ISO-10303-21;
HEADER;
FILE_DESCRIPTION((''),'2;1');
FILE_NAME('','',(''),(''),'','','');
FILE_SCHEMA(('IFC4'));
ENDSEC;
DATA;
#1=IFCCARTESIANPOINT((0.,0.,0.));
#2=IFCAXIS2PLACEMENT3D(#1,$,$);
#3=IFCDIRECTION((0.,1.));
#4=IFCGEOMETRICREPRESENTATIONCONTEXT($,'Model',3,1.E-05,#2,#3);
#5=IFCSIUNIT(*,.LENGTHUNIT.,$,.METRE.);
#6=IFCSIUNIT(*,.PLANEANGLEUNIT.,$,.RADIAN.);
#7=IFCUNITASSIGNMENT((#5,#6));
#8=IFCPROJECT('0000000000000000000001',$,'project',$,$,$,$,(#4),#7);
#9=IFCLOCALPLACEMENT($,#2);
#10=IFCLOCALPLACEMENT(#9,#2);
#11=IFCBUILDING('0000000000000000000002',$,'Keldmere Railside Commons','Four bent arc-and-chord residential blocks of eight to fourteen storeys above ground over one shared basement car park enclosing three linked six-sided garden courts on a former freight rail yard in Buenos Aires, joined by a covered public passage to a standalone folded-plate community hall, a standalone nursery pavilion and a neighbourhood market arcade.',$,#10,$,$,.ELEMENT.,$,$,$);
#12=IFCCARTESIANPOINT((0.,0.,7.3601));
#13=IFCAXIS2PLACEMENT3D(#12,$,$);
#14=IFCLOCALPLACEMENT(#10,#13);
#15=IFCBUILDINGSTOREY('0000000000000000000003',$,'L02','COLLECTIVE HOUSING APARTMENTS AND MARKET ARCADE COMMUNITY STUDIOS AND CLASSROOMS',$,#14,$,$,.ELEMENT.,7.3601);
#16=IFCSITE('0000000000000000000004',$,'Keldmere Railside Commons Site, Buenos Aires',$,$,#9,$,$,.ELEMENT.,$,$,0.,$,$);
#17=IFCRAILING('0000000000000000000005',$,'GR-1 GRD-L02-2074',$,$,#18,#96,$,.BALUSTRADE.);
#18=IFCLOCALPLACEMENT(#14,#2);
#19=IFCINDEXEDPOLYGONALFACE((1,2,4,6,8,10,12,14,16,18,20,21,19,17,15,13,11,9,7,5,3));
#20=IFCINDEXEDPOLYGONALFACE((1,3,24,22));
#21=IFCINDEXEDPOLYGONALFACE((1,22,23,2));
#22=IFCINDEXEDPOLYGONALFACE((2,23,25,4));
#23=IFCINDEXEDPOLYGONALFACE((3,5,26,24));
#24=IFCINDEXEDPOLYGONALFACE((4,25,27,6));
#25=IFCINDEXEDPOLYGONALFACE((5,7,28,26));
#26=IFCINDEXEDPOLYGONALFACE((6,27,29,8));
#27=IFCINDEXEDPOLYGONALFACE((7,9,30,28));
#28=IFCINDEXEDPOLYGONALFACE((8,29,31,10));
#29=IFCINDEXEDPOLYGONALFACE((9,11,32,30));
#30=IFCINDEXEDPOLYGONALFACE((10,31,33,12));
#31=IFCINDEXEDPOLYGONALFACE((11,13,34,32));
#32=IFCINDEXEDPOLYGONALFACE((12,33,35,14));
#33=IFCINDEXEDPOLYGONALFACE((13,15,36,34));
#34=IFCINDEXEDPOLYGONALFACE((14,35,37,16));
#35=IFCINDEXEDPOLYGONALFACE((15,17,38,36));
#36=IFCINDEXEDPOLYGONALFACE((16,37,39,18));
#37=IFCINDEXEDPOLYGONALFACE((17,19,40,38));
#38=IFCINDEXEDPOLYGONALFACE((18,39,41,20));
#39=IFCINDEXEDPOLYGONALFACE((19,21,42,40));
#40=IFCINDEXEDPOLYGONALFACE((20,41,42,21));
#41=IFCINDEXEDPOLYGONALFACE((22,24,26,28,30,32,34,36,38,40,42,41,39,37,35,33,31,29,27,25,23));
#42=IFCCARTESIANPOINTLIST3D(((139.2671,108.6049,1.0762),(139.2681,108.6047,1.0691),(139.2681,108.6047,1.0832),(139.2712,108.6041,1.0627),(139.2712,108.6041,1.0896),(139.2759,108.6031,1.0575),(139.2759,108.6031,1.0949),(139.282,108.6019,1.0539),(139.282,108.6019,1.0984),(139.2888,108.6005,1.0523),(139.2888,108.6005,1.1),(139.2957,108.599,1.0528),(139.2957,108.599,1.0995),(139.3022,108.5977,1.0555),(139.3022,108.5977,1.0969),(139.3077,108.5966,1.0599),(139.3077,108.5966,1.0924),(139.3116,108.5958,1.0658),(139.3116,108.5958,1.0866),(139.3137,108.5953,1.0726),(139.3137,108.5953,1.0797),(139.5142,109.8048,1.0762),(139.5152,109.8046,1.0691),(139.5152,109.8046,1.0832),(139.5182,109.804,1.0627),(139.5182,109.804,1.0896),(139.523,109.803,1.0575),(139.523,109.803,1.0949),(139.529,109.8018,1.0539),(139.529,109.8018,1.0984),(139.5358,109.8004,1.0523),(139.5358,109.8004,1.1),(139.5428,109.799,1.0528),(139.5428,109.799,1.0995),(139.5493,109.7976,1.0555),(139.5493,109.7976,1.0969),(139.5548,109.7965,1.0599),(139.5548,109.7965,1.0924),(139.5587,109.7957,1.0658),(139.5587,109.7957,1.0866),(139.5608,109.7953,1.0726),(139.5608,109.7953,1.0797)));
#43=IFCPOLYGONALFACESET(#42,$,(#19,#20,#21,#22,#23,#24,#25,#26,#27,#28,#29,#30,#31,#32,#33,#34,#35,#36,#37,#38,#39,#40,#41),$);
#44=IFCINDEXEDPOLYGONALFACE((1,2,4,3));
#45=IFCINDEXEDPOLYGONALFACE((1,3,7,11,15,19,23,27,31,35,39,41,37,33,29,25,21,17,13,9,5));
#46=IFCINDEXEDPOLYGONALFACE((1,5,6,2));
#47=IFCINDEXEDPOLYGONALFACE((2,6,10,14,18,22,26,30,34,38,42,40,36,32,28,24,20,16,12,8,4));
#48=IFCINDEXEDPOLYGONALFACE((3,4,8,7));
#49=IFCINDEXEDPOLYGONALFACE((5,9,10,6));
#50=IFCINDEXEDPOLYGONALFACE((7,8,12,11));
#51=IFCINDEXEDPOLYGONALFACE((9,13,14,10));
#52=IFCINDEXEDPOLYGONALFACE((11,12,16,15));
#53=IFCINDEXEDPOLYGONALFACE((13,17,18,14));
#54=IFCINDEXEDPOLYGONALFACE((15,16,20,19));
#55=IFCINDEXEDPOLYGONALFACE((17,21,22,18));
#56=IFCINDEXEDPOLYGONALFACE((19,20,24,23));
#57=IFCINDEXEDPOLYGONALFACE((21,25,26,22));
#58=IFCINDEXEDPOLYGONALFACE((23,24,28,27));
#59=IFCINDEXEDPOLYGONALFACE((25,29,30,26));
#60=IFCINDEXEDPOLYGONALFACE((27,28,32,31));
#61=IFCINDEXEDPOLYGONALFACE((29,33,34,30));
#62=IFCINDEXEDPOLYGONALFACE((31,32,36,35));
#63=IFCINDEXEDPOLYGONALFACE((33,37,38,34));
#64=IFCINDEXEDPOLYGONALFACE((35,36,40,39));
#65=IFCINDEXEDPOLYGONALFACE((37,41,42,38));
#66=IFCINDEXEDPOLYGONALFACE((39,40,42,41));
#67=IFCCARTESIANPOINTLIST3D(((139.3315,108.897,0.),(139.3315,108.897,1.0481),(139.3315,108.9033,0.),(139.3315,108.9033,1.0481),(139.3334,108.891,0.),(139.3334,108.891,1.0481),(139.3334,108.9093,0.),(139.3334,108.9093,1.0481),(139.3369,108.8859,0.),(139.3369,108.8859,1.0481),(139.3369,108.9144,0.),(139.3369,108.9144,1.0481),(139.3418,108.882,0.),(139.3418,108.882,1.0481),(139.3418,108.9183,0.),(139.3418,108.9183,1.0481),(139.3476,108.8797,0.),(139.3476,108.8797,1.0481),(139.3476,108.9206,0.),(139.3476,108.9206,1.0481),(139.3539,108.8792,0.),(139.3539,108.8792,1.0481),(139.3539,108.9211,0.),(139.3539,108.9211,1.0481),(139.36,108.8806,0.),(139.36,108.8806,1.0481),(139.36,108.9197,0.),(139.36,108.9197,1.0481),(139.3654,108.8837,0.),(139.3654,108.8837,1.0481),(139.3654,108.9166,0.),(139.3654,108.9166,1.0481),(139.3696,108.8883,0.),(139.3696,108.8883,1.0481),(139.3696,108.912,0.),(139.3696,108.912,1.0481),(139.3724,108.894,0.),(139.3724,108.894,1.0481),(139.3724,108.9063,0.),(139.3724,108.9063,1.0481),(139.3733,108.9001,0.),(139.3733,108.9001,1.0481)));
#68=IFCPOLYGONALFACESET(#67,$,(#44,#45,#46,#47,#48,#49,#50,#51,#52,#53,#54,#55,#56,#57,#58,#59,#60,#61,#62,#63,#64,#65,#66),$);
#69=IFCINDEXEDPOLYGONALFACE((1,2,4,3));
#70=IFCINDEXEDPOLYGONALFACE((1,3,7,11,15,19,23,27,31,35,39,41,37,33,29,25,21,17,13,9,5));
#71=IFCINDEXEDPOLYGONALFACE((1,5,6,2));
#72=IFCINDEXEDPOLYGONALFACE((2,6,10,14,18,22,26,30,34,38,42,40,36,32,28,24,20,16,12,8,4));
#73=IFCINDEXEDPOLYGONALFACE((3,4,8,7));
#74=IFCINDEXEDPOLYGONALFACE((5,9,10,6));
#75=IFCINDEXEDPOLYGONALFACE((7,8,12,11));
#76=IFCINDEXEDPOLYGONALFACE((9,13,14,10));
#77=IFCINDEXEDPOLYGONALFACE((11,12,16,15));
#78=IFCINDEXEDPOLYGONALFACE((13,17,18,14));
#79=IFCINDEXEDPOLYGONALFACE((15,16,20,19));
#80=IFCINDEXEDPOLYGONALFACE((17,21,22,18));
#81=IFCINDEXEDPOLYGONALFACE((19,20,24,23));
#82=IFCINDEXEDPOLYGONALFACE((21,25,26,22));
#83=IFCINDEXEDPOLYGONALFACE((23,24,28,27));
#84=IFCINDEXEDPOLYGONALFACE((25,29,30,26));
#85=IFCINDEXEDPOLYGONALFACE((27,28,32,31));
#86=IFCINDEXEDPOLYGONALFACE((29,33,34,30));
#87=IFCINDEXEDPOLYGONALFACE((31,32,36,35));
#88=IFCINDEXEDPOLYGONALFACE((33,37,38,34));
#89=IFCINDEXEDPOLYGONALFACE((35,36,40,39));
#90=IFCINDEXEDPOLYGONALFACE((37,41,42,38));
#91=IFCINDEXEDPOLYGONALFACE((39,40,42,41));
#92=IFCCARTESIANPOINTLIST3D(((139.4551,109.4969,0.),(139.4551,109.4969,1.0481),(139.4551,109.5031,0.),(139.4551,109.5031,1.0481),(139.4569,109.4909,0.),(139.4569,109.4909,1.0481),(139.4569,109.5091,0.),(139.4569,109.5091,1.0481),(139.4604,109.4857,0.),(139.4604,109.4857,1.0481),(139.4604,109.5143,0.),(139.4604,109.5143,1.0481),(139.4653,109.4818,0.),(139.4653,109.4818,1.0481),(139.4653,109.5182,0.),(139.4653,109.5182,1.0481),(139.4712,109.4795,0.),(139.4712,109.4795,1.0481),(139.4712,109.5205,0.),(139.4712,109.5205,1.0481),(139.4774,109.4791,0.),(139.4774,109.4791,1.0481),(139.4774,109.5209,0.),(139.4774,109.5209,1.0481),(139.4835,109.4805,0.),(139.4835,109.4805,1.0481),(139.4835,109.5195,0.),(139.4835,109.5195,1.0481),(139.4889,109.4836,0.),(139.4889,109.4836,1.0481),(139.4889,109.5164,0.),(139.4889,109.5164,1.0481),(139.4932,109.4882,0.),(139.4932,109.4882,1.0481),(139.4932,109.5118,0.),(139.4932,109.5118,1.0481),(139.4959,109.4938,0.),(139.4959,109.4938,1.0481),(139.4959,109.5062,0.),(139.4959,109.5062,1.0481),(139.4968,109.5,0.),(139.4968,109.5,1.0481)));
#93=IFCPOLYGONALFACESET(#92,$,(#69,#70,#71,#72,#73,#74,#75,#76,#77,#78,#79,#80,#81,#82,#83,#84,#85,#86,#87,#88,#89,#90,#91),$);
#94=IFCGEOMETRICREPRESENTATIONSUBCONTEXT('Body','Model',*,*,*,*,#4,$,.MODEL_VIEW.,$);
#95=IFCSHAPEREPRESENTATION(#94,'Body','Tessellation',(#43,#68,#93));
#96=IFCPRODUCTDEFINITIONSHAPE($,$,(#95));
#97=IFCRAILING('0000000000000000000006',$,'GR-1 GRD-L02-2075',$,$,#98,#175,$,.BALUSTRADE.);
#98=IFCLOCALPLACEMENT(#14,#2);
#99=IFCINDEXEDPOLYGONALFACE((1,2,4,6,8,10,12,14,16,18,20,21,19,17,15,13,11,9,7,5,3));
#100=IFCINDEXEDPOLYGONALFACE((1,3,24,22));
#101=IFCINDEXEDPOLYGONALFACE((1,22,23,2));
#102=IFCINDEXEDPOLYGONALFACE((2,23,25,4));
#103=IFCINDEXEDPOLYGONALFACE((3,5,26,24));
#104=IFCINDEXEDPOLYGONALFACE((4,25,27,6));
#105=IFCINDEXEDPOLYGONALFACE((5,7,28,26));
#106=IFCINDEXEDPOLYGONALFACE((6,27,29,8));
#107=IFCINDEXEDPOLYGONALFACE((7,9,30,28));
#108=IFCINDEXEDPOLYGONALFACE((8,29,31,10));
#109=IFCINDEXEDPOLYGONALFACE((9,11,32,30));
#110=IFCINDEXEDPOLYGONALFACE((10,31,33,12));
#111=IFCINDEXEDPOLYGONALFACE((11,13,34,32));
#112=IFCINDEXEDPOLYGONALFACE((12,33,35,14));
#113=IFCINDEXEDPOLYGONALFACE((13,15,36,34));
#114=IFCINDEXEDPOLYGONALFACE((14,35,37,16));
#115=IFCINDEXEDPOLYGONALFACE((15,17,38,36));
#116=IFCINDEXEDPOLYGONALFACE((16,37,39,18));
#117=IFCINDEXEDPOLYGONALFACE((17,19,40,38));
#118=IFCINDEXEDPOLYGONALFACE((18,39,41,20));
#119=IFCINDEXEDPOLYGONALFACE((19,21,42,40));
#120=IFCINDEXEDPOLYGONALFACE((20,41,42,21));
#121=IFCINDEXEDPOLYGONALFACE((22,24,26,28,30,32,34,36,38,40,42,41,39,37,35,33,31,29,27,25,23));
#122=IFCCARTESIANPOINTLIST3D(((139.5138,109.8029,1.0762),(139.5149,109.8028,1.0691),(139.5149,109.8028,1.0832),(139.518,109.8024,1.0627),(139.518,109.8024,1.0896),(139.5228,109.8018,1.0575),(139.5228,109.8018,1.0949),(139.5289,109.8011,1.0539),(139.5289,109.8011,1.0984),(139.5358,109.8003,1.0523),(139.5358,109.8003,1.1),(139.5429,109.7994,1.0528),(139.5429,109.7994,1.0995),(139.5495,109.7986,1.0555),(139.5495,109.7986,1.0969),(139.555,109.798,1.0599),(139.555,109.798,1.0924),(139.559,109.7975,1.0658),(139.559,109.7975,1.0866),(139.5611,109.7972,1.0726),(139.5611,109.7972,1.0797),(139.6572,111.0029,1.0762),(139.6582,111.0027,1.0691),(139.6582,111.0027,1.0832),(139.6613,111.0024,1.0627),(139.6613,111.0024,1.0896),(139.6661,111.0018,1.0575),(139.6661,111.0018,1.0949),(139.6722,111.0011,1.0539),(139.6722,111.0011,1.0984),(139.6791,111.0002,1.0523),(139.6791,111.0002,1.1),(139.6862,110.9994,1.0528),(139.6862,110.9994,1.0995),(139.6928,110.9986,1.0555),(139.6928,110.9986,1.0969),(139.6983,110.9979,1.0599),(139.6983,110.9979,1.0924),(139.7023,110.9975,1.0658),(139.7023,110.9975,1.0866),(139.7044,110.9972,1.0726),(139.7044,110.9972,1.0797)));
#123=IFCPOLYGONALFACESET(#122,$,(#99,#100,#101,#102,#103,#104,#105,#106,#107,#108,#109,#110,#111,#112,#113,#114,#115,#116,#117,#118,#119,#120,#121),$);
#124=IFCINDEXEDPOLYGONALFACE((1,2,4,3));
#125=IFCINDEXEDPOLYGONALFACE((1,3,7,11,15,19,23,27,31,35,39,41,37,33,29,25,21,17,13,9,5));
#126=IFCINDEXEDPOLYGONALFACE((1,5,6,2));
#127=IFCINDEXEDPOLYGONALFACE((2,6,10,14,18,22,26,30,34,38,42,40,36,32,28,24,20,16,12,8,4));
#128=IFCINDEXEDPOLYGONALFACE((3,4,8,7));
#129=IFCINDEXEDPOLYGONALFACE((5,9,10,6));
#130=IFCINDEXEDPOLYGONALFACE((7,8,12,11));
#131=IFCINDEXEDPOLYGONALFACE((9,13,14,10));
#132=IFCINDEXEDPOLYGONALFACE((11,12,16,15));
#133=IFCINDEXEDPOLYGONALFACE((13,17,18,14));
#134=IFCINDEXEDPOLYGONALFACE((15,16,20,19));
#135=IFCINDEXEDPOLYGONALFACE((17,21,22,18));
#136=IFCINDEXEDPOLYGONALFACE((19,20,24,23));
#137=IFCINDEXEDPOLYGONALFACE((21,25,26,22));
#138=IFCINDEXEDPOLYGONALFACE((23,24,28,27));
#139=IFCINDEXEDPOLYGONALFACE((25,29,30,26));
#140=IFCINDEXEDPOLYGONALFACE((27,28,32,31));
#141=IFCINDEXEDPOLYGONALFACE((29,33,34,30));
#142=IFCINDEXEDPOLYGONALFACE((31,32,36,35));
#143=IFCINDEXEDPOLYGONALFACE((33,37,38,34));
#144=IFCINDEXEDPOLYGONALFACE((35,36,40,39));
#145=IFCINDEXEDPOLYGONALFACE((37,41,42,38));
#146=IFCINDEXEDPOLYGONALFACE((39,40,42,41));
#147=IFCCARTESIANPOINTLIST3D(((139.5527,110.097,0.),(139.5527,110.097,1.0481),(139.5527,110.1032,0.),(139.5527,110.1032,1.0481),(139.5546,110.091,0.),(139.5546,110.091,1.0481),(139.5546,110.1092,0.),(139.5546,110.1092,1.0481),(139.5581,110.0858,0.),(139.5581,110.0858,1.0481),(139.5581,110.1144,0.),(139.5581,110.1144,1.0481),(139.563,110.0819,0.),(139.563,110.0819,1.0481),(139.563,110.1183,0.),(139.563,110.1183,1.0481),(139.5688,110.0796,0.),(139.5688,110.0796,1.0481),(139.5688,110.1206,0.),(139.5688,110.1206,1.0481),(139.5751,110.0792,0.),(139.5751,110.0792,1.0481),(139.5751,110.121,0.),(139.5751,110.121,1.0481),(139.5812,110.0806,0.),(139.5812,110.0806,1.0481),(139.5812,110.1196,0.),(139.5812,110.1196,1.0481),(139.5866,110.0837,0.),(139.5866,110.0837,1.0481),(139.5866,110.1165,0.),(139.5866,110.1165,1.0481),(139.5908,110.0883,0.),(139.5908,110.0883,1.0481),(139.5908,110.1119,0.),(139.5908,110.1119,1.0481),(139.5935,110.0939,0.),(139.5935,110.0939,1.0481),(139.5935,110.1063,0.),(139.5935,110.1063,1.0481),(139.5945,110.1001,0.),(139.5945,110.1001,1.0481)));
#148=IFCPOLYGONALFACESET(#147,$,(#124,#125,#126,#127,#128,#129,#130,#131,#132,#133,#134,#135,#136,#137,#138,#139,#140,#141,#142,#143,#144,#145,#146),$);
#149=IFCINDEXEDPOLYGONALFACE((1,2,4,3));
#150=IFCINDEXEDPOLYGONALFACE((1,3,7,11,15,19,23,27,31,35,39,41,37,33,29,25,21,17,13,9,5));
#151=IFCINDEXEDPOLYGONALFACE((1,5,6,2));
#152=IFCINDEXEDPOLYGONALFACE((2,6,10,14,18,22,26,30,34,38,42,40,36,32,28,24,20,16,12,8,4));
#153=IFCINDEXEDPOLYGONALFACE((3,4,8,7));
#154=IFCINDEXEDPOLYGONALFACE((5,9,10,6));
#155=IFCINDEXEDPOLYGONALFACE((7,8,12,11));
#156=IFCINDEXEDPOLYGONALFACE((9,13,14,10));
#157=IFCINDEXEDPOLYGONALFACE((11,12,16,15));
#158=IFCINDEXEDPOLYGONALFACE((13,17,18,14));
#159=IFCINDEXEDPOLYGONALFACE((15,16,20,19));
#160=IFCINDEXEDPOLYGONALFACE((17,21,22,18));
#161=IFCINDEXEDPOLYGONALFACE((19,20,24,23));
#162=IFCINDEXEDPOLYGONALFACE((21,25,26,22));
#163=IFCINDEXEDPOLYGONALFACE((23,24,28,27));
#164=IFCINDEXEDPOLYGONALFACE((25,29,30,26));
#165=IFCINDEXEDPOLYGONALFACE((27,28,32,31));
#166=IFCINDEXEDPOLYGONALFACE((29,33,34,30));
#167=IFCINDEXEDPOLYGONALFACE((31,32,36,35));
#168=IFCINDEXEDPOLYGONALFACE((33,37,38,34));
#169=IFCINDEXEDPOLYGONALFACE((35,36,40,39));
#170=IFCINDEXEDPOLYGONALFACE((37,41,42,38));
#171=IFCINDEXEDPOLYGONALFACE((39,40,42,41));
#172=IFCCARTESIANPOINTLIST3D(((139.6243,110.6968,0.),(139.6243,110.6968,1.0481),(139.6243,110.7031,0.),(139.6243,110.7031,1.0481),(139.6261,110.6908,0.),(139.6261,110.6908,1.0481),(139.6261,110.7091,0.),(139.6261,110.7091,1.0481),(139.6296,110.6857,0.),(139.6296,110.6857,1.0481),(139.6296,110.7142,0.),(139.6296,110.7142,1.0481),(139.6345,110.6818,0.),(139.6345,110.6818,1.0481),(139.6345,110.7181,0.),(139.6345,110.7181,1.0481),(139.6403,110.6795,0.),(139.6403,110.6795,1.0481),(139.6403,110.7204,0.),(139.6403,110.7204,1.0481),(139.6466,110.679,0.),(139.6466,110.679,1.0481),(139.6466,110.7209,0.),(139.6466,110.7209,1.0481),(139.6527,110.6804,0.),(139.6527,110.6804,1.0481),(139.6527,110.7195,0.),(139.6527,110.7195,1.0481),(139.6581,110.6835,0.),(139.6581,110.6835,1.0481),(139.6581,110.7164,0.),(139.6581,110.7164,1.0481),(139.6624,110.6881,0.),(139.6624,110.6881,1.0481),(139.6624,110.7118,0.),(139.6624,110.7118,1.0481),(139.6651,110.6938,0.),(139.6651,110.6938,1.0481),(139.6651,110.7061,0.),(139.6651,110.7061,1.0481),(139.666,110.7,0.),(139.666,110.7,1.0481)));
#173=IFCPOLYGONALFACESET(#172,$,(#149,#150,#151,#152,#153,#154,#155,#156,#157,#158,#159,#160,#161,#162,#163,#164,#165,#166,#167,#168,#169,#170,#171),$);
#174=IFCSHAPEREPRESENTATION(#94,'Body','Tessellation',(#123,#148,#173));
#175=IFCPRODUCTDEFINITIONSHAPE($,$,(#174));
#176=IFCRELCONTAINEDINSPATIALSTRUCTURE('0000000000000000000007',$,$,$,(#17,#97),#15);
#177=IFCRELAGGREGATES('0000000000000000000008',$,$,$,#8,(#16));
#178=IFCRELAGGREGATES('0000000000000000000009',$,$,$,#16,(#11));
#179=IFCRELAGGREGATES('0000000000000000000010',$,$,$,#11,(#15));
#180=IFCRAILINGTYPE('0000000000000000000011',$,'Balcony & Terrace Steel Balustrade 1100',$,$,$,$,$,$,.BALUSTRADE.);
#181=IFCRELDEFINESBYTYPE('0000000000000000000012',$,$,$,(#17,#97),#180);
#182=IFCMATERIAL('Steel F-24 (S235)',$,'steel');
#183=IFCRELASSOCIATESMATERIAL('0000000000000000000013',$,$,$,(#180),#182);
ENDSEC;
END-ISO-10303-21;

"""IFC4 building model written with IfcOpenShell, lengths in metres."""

from ifc_helpers import new_model, si_unit, direction, frame, origin, origin_2d, place, context, subcontext, project, spatial, circle, extrude, material, type_object, element, save


model = new_model("IFC4")

# Units and contexts
model_context = context("Model", 3, precision=1e-05, world=origin(), true_north=direction((0.0, 1.0)))
body_context = subcontext(model_context, "Body", "Model", "MODEL_VIEW")
ifc_project = project(units=[si_unit("LENGTHUNIT", "METRE"), si_unit("PLANEANGLEUNIT", "RADIAN")], contexts=[model_context])

# Site, building, storey
site_placement = place(None, origin())
site = spatial("IfcSite", under=ifc_project, at=site_placement, Name="Keldmere Railside Commons Site, Buenos Aires", CompositionType="ELEMENT", RefElevation=0.0)
building_placement = place(site_placement, origin())
building = spatial("IfcBuilding", under=site, at=building_placement, Name="Keldmere Railside Commons", Description="Four bent arc-and-chord residential blocks of eight to fourteen storeys above ground over one shared basement car park enclosing three linked six-sided garden courts on a former freight rail yard in Buenos Aires, joined by a covered public passage to a standalone folded-plate community hall, a standalone nursery pavilion and a neighbourhood market arcade.", CompositionType="ELEMENT")
storey_placement = place(building_placement, frame((0.0, 0.0, 7.3601)))
storey = spatial("IfcBuildingStorey", under=building, at=storey_placement, Name="L02", Description="COLLECTIVE HOUSING APARTMENTS AND MARKET ARCADE COMMUNITY STUDIOS AND CLASSROOMS", CompositionType="ELEMENT", Elevation=7.3601)

# Railings
ifc_material_1 = material(Name="Steel F-24 (S235)", Category="steel")
railing_type = type_object("IfcRailingType", Name="Balcony & Terrace Steel Balustrade 1100", PredefinedType="BALUSTRADE", material=ifc_material_1)
railing_1_placement = place(storey_placement, frame((139.2905, 108.6001, 0.0)))
element("IfcRailing", 1, at=railing_1_placement, inside=storey, type_object=railing_type, Name="GR-1 GRD-L02-2074", PredefinedType="BALUSTRADE", context=body_context, shape_type="SweptSolid", body=[
    extrude(circle(Radius=0.0239, at=origin_2d()), frame((0.0, 0.0, 1.0762), z_axis=(0.20167, 0.979454, 0.0), x_axis=(-0.979454, 0.20167, 0.0)), (0.0, 0.0, 1.0), 1.2251),
    extrude(circle(Radius=0.021, at=origin_2d()), frame((0.0618, 0.3, 0.0)), (0.0, 0.0, 1.0), 1.0481),
    extrude(circle(Radius=0.021, at=origin_2d()), frame((0.1853, 0.8999, 0.0)), (0.0, 0.0, 1.0), 1.0481),
])
railing_2_placement = place(storey_placement, frame((139.5376, 109.8, 0.0)))
element("IfcRailing", 2, at=railing_2_placement, inside=storey, type_object=railing_type, Name="GR-1 GRD-L02-2075", PredefinedType="BALUSTRADE", context=body_context, shape_type="SweptSolid", body=[
    extrude(circle(Radius=0.0239, at=origin_2d()), frame((0.0, 0.0, 1.0762), z_axis=(0.118588, 0.992944, 0.0), x_axis=(-0.992944, 0.118588, 0.0)), (0.0, 0.0, 1.0), 1.2085),
    extrude(circle(Radius=0.021, at=origin_2d()), frame((0.0359, 0.3, 0.0)), (0.0, 0.0, 1.0), 1.0481),
    extrude(circle(Radius=0.021, at=origin_2d()), frame((0.1074, 0.8999, 0.0)), (0.0, 0.0, 1.0), 1.0481),
])

save(model, "model.ifc")
